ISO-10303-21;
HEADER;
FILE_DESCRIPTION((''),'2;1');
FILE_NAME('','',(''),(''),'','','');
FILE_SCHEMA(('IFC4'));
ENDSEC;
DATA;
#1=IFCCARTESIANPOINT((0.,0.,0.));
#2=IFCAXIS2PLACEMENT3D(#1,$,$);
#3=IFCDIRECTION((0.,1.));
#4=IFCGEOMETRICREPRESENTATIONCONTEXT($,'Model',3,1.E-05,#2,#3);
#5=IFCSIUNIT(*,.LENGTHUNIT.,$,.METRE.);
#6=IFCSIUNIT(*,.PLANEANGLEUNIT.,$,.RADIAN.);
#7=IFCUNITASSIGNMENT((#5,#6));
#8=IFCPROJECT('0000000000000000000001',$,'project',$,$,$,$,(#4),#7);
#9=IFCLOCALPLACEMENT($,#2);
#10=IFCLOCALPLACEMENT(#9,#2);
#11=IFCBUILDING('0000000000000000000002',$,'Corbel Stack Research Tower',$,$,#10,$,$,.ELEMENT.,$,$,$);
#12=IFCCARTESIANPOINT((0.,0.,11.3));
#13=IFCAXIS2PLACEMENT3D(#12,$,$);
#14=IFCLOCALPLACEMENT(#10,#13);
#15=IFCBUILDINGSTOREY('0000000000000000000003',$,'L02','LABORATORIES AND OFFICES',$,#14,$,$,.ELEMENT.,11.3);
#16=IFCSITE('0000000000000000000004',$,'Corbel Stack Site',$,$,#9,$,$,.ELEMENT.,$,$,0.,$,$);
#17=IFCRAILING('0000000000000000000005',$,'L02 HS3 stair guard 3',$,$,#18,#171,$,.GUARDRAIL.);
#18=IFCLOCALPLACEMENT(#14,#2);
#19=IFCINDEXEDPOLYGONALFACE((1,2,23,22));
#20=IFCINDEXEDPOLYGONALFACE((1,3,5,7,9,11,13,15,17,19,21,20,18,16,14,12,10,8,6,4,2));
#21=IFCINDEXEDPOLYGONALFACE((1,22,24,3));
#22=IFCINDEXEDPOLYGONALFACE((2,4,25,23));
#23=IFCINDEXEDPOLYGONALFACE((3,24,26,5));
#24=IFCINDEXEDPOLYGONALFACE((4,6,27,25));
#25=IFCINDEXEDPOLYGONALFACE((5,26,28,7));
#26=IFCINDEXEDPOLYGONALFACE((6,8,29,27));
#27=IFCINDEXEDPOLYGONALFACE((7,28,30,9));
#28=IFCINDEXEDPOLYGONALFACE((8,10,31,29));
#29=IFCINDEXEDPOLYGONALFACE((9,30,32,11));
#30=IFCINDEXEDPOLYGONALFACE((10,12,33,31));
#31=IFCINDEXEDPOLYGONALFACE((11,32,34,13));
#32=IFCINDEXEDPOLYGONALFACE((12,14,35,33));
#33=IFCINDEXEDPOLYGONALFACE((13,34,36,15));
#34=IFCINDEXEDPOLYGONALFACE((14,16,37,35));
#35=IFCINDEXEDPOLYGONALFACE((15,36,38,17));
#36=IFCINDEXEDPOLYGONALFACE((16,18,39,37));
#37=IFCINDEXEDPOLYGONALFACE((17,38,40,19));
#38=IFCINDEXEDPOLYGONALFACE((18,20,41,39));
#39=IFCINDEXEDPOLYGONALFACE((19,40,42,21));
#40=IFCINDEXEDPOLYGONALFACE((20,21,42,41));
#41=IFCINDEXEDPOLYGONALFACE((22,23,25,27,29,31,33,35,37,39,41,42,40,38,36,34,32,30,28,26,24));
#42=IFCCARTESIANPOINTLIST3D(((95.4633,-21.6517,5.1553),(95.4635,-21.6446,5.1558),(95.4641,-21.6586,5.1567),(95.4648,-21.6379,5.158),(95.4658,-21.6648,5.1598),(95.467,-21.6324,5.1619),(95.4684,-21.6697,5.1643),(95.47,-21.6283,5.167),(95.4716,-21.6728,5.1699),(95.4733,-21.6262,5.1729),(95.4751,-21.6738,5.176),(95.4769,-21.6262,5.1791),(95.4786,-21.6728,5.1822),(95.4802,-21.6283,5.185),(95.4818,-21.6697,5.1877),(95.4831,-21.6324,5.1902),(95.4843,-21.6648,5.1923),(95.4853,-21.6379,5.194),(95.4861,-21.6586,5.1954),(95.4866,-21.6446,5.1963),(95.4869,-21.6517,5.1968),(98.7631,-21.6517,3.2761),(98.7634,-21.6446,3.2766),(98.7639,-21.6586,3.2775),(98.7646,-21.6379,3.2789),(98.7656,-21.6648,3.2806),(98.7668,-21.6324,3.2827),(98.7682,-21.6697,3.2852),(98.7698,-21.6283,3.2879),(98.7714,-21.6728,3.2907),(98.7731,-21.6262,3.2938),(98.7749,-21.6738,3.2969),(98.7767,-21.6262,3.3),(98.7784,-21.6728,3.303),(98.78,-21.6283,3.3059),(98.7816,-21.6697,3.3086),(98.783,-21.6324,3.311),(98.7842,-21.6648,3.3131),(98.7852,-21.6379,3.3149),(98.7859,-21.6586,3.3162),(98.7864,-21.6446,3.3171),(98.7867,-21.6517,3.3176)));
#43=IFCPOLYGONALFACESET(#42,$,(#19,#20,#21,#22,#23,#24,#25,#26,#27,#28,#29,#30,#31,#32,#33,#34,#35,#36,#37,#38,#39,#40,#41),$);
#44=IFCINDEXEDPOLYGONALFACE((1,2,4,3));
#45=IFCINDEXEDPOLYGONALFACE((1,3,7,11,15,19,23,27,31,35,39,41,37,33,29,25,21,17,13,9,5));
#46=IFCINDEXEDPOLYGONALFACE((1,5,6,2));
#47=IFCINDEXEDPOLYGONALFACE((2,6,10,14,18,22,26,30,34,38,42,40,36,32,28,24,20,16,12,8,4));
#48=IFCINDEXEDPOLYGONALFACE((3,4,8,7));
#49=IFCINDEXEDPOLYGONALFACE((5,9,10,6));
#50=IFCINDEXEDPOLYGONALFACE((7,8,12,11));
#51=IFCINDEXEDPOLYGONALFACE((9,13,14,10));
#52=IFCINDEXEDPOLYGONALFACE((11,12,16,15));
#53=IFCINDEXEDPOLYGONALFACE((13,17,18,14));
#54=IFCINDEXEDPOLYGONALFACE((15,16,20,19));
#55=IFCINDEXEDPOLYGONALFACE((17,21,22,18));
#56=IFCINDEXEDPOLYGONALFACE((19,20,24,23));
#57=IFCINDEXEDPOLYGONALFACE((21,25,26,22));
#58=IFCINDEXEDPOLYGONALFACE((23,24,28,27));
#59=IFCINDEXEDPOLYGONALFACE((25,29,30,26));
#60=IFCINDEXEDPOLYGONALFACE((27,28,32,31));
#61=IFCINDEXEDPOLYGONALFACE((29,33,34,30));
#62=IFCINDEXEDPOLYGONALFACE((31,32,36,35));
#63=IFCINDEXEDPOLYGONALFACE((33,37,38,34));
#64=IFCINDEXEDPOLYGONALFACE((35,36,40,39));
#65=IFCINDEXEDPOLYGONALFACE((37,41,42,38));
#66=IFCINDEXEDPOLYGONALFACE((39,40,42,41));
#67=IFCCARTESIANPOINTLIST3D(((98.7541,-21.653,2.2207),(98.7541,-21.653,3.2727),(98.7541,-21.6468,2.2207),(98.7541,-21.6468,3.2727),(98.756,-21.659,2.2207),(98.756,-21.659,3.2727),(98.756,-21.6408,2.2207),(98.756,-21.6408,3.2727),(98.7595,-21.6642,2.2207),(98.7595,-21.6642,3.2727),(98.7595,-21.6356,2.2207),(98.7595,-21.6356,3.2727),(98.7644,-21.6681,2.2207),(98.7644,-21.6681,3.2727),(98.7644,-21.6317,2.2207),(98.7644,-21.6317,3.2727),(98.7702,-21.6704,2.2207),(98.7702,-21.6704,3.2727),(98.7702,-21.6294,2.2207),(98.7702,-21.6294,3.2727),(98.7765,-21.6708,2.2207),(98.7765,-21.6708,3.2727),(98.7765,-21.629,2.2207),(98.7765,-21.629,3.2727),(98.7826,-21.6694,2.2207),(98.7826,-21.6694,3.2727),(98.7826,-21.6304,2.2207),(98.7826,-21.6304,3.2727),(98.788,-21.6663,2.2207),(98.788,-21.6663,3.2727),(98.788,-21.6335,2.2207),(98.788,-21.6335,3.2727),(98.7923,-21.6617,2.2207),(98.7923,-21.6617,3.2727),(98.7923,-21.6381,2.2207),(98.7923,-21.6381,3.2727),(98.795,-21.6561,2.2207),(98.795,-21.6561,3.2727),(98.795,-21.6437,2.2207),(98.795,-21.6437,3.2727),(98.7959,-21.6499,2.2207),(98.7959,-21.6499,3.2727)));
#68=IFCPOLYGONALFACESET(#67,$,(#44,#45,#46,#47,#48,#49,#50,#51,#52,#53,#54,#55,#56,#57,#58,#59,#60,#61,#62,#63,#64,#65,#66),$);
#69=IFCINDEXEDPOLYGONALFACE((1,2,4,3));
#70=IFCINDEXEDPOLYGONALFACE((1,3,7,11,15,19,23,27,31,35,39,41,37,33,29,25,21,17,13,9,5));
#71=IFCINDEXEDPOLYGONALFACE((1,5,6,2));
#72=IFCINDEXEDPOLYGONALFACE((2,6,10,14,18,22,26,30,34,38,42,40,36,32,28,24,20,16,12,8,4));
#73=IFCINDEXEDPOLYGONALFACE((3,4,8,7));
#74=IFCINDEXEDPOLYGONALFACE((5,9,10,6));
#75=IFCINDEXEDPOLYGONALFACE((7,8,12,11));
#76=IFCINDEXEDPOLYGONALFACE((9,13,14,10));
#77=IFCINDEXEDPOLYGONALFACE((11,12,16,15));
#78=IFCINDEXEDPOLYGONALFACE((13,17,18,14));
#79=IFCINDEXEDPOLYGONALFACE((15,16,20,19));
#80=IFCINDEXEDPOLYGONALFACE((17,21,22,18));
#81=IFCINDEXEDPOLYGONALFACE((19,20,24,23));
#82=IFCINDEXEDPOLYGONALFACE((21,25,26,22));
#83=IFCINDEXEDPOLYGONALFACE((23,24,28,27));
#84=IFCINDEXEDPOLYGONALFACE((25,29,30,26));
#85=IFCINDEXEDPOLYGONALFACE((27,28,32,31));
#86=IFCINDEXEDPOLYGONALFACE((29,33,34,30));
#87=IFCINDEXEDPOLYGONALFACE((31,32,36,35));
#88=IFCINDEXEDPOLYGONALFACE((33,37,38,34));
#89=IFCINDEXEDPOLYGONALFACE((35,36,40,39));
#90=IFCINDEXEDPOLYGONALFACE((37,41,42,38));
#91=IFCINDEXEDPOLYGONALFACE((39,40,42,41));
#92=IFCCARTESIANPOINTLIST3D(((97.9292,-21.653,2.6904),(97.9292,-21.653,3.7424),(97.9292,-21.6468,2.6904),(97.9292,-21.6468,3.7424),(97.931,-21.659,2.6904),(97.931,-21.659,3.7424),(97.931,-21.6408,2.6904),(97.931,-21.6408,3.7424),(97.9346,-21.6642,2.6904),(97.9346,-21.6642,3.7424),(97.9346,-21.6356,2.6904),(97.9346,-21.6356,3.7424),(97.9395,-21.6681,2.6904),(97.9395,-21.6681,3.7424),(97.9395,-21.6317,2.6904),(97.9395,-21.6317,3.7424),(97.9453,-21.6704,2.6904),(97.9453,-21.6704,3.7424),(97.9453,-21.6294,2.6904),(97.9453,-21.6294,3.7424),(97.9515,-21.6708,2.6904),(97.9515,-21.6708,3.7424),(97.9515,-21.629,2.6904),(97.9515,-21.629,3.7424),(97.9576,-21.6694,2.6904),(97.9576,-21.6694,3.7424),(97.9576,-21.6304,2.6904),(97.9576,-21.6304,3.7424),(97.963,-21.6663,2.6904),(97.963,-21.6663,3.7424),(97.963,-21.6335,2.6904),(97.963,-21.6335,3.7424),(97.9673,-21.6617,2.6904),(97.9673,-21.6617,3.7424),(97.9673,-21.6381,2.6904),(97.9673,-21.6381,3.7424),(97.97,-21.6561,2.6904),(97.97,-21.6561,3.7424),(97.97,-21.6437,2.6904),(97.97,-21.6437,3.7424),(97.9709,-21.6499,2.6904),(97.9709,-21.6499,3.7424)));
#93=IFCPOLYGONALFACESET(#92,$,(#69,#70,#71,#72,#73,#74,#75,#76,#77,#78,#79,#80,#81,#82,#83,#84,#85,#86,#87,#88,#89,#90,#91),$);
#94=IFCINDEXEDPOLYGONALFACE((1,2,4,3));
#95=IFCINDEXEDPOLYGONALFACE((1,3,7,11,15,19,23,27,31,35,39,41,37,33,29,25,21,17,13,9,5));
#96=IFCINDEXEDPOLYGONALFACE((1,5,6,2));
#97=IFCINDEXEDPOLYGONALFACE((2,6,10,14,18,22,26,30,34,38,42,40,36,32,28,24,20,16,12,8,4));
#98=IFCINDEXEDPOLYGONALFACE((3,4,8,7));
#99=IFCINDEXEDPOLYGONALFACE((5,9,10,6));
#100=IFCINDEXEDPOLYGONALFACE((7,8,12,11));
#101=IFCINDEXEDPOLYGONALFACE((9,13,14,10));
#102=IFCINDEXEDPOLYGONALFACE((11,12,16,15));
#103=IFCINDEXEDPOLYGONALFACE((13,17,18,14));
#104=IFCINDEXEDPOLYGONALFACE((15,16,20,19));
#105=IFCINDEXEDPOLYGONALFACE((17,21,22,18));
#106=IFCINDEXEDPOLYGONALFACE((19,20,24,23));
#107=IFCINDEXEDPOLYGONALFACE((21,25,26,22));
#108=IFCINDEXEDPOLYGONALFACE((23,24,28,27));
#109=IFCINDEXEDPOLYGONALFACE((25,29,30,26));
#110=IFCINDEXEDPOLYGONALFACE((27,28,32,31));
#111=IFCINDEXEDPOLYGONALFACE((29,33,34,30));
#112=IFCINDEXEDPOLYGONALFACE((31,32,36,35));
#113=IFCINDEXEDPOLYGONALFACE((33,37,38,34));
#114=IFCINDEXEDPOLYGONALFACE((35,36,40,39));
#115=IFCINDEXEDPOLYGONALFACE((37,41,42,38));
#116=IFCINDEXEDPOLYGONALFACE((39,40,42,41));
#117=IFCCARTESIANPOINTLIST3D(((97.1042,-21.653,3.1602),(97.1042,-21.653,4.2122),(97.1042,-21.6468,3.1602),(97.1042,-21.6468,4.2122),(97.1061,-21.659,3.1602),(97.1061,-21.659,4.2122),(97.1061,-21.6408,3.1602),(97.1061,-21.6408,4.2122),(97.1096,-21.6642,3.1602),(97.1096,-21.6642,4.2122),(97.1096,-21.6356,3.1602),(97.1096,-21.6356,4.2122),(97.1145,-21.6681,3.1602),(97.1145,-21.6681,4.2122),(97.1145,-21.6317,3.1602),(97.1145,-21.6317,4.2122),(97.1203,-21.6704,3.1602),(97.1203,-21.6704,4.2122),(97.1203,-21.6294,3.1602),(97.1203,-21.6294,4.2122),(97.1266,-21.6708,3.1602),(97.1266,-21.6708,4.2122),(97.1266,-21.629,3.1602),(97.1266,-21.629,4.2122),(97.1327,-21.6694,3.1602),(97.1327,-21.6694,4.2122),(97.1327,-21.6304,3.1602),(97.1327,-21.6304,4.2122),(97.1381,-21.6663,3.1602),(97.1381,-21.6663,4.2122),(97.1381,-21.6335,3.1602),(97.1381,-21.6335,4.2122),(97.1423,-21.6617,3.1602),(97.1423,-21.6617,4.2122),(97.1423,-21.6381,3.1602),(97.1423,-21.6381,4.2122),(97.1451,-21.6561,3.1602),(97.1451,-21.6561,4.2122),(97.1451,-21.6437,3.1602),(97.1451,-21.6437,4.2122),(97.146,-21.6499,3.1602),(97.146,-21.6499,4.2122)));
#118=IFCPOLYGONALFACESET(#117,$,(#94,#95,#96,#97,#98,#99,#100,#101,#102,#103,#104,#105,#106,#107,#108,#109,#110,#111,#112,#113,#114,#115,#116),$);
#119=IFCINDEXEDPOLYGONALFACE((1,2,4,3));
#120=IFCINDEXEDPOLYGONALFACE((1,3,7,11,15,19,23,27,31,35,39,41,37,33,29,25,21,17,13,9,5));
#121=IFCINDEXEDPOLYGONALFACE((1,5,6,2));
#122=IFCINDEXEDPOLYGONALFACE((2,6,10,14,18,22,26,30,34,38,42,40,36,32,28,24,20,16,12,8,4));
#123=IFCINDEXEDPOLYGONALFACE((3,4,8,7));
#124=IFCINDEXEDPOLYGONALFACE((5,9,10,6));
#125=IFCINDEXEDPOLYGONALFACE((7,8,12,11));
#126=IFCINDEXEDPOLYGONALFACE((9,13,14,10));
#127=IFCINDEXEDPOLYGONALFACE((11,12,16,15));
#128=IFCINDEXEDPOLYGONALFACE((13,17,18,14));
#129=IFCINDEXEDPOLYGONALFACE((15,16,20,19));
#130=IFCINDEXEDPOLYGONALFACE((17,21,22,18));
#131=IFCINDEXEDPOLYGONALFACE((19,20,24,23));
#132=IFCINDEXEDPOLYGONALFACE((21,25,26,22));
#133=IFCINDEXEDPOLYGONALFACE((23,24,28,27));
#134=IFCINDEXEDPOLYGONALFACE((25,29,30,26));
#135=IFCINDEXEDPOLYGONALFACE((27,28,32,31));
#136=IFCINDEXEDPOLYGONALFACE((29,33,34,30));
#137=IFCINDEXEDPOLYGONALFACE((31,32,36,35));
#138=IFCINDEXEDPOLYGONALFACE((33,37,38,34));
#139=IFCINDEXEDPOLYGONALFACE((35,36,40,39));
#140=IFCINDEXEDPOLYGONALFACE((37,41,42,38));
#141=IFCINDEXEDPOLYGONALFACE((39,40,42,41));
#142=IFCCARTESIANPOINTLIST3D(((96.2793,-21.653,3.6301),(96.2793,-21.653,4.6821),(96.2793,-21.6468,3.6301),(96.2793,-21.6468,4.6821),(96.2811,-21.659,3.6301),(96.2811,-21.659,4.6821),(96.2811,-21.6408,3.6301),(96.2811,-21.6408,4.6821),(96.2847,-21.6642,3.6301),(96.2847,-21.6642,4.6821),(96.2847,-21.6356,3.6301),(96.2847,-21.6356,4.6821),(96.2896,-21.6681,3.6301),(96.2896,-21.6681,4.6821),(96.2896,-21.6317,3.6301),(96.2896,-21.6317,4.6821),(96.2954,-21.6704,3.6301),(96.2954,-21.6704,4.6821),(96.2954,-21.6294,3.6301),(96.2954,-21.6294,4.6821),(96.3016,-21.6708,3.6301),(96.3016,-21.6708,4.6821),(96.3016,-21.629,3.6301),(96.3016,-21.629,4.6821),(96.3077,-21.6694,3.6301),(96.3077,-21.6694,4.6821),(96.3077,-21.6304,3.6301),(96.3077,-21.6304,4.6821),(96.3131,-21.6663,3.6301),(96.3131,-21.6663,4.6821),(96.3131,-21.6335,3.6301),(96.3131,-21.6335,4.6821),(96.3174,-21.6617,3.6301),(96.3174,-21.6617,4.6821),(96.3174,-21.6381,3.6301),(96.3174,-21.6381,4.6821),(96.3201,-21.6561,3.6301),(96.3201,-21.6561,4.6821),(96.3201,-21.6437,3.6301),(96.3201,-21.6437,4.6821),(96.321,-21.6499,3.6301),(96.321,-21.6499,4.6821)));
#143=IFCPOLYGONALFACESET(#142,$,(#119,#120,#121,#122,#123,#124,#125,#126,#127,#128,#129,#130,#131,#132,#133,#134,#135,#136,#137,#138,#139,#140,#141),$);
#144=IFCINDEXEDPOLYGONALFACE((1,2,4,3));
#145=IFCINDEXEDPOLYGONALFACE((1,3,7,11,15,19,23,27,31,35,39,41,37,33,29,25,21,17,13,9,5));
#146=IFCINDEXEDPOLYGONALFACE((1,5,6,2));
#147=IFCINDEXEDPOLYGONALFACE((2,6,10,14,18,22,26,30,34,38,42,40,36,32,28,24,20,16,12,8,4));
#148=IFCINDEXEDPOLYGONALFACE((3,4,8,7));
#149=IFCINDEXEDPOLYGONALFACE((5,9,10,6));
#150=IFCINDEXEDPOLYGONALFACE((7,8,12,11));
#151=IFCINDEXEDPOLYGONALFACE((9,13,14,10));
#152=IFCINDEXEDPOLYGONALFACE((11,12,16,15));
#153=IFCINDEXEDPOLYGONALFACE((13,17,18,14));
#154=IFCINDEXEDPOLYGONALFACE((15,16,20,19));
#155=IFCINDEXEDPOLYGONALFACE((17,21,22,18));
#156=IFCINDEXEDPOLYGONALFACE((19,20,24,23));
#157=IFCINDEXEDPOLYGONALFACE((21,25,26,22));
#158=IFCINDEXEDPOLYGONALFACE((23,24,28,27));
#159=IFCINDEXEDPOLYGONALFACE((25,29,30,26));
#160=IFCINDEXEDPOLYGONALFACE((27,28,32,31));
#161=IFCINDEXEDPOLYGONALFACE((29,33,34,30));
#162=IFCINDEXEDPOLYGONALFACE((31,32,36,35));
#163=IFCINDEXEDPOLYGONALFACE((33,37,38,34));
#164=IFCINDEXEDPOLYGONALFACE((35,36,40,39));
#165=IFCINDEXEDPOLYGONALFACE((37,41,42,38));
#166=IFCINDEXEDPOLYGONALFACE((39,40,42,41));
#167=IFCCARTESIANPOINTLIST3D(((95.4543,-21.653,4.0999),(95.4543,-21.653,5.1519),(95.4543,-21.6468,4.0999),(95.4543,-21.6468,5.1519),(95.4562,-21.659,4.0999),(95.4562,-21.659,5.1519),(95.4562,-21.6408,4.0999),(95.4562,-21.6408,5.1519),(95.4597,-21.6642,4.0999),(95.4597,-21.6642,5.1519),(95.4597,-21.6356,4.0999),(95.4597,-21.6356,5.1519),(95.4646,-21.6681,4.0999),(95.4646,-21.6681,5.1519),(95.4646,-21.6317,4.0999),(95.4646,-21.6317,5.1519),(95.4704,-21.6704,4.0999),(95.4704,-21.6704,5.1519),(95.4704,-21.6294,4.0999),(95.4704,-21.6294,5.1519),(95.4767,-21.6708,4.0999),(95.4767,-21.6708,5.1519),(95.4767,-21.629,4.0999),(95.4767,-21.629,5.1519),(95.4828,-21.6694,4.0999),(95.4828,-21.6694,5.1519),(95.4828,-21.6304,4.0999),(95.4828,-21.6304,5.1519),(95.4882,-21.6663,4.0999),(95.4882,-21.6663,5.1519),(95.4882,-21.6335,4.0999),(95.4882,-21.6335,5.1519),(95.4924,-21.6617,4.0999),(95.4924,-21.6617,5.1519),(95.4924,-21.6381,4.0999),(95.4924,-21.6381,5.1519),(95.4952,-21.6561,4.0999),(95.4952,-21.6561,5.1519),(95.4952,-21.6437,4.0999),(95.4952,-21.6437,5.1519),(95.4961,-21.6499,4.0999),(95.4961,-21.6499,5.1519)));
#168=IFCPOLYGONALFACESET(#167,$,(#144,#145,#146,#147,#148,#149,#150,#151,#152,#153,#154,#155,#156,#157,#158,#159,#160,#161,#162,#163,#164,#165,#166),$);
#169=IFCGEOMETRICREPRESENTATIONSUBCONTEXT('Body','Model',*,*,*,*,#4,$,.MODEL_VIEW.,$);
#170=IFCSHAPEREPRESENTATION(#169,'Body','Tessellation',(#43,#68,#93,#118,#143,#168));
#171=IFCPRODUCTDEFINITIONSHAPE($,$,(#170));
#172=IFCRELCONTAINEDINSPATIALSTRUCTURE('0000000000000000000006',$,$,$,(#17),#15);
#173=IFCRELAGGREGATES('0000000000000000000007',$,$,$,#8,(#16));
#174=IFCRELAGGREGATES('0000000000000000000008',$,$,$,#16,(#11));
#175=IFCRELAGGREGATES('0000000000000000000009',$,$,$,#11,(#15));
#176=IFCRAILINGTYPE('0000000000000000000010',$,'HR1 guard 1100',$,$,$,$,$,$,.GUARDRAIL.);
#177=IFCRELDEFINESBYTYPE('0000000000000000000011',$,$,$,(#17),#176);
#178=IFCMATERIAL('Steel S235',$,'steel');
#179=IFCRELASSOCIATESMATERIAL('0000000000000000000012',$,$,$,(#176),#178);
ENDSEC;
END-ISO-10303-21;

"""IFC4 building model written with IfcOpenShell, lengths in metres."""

from ifc_helpers import new_model, si_unit, direction, frame, origin, origin_2d, place, context, subcontext, project, spatial, circle, extrude, material, type_object, element, save


model = new_model("IFC4")

# Units and contexts
model_context = context("Model", 3, precision=1e-05, world=origin(), true_north=direction((0.0, 1.0)))
body_context = subcontext(model_context, "Body", "Model", "MODEL_VIEW")
ifc_project = project(units=[si_unit("LENGTHUNIT", "METRE"), si_unit("PLANEANGLEUNIT", "RADIAN")], contexts=[model_context])

# Site, building, storey
site_placement = place(None, origin())
site = spatial("IfcSite", under=ifc_project, at=site_placement, Name="Corbel Stack Site", CompositionType="ELEMENT", RefElevation=0.0)
building_placement = place(site_placement, origin())
building = spatial("IfcBuilding", under=site, at=building_placement, Name="Corbel Stack Research Tower", CompositionType="ELEMENT")
storey_placement = place(building_placement, frame((0.0, 0.0, 11.3)))
storey = spatial("IfcBuildingStorey", under=building, at=storey_placement, Name="L02", Description="LABORATORIES AND OFFICES", CompositionType="ELEMENT", Elevation=11.3)

# Railing
ifc_material_1 = material(Name="Steel S235", Category="steel")
railing_type_1 = type_object("IfcRailingType", Name="HR1 guard 1100", PredefinedType="GUARDRAIL", material=ifc_material_1)
railing_1_placement = place(storey_placement, frame((98.7749, -21.6499, 2.2207)))
element("IfcRailing", 1, at=railing_1_placement, inside=storey, type_object=railing_type_1, Name="L02 HS3 stair guard 3", PredefinedType="GUARDRAIL", context=body_context, shape_type="SweptSolid", body=[
    extrude(circle(Radius=0.0239, at=origin_2d()), frame((0.0, 0.0, 1.0762), z_axis=(-0.868974, 0.0, 0.494857), x_axis=(0.0, -1.0, 0.0)), (0.0, 0.0, 1.0), 3.7974),
    extrude(circle(Radius=0.021, at=origin_2d()), origin(), (0.0, 0.0, 1.0), 1.052),
    extrude(circle(Radius=0.021, at=origin_2d()), frame((-0.825, 0.0, 0.4697)), (0.0, 0.0, 1.0), 1.052),
    extrude(circle(Radius=0.021, at=origin_2d()), frame((-1.6499, 0.0, 0.9395)), (0.0, 0.0, 1.0), 1.052),
    extrude(circle(Radius=0.021, at=origin_2d()), frame((-2.4749, 0.0, 1.4094)), (0.0, 0.0, 1.0), 1.052),
    extrude(circle(Radius=0.021, at=origin_2d()), frame((-3.2998, 0.0, 1.8792)), (0.0, 0.0, 1.0), 1.052),
])

save(model, "model.ifc")
